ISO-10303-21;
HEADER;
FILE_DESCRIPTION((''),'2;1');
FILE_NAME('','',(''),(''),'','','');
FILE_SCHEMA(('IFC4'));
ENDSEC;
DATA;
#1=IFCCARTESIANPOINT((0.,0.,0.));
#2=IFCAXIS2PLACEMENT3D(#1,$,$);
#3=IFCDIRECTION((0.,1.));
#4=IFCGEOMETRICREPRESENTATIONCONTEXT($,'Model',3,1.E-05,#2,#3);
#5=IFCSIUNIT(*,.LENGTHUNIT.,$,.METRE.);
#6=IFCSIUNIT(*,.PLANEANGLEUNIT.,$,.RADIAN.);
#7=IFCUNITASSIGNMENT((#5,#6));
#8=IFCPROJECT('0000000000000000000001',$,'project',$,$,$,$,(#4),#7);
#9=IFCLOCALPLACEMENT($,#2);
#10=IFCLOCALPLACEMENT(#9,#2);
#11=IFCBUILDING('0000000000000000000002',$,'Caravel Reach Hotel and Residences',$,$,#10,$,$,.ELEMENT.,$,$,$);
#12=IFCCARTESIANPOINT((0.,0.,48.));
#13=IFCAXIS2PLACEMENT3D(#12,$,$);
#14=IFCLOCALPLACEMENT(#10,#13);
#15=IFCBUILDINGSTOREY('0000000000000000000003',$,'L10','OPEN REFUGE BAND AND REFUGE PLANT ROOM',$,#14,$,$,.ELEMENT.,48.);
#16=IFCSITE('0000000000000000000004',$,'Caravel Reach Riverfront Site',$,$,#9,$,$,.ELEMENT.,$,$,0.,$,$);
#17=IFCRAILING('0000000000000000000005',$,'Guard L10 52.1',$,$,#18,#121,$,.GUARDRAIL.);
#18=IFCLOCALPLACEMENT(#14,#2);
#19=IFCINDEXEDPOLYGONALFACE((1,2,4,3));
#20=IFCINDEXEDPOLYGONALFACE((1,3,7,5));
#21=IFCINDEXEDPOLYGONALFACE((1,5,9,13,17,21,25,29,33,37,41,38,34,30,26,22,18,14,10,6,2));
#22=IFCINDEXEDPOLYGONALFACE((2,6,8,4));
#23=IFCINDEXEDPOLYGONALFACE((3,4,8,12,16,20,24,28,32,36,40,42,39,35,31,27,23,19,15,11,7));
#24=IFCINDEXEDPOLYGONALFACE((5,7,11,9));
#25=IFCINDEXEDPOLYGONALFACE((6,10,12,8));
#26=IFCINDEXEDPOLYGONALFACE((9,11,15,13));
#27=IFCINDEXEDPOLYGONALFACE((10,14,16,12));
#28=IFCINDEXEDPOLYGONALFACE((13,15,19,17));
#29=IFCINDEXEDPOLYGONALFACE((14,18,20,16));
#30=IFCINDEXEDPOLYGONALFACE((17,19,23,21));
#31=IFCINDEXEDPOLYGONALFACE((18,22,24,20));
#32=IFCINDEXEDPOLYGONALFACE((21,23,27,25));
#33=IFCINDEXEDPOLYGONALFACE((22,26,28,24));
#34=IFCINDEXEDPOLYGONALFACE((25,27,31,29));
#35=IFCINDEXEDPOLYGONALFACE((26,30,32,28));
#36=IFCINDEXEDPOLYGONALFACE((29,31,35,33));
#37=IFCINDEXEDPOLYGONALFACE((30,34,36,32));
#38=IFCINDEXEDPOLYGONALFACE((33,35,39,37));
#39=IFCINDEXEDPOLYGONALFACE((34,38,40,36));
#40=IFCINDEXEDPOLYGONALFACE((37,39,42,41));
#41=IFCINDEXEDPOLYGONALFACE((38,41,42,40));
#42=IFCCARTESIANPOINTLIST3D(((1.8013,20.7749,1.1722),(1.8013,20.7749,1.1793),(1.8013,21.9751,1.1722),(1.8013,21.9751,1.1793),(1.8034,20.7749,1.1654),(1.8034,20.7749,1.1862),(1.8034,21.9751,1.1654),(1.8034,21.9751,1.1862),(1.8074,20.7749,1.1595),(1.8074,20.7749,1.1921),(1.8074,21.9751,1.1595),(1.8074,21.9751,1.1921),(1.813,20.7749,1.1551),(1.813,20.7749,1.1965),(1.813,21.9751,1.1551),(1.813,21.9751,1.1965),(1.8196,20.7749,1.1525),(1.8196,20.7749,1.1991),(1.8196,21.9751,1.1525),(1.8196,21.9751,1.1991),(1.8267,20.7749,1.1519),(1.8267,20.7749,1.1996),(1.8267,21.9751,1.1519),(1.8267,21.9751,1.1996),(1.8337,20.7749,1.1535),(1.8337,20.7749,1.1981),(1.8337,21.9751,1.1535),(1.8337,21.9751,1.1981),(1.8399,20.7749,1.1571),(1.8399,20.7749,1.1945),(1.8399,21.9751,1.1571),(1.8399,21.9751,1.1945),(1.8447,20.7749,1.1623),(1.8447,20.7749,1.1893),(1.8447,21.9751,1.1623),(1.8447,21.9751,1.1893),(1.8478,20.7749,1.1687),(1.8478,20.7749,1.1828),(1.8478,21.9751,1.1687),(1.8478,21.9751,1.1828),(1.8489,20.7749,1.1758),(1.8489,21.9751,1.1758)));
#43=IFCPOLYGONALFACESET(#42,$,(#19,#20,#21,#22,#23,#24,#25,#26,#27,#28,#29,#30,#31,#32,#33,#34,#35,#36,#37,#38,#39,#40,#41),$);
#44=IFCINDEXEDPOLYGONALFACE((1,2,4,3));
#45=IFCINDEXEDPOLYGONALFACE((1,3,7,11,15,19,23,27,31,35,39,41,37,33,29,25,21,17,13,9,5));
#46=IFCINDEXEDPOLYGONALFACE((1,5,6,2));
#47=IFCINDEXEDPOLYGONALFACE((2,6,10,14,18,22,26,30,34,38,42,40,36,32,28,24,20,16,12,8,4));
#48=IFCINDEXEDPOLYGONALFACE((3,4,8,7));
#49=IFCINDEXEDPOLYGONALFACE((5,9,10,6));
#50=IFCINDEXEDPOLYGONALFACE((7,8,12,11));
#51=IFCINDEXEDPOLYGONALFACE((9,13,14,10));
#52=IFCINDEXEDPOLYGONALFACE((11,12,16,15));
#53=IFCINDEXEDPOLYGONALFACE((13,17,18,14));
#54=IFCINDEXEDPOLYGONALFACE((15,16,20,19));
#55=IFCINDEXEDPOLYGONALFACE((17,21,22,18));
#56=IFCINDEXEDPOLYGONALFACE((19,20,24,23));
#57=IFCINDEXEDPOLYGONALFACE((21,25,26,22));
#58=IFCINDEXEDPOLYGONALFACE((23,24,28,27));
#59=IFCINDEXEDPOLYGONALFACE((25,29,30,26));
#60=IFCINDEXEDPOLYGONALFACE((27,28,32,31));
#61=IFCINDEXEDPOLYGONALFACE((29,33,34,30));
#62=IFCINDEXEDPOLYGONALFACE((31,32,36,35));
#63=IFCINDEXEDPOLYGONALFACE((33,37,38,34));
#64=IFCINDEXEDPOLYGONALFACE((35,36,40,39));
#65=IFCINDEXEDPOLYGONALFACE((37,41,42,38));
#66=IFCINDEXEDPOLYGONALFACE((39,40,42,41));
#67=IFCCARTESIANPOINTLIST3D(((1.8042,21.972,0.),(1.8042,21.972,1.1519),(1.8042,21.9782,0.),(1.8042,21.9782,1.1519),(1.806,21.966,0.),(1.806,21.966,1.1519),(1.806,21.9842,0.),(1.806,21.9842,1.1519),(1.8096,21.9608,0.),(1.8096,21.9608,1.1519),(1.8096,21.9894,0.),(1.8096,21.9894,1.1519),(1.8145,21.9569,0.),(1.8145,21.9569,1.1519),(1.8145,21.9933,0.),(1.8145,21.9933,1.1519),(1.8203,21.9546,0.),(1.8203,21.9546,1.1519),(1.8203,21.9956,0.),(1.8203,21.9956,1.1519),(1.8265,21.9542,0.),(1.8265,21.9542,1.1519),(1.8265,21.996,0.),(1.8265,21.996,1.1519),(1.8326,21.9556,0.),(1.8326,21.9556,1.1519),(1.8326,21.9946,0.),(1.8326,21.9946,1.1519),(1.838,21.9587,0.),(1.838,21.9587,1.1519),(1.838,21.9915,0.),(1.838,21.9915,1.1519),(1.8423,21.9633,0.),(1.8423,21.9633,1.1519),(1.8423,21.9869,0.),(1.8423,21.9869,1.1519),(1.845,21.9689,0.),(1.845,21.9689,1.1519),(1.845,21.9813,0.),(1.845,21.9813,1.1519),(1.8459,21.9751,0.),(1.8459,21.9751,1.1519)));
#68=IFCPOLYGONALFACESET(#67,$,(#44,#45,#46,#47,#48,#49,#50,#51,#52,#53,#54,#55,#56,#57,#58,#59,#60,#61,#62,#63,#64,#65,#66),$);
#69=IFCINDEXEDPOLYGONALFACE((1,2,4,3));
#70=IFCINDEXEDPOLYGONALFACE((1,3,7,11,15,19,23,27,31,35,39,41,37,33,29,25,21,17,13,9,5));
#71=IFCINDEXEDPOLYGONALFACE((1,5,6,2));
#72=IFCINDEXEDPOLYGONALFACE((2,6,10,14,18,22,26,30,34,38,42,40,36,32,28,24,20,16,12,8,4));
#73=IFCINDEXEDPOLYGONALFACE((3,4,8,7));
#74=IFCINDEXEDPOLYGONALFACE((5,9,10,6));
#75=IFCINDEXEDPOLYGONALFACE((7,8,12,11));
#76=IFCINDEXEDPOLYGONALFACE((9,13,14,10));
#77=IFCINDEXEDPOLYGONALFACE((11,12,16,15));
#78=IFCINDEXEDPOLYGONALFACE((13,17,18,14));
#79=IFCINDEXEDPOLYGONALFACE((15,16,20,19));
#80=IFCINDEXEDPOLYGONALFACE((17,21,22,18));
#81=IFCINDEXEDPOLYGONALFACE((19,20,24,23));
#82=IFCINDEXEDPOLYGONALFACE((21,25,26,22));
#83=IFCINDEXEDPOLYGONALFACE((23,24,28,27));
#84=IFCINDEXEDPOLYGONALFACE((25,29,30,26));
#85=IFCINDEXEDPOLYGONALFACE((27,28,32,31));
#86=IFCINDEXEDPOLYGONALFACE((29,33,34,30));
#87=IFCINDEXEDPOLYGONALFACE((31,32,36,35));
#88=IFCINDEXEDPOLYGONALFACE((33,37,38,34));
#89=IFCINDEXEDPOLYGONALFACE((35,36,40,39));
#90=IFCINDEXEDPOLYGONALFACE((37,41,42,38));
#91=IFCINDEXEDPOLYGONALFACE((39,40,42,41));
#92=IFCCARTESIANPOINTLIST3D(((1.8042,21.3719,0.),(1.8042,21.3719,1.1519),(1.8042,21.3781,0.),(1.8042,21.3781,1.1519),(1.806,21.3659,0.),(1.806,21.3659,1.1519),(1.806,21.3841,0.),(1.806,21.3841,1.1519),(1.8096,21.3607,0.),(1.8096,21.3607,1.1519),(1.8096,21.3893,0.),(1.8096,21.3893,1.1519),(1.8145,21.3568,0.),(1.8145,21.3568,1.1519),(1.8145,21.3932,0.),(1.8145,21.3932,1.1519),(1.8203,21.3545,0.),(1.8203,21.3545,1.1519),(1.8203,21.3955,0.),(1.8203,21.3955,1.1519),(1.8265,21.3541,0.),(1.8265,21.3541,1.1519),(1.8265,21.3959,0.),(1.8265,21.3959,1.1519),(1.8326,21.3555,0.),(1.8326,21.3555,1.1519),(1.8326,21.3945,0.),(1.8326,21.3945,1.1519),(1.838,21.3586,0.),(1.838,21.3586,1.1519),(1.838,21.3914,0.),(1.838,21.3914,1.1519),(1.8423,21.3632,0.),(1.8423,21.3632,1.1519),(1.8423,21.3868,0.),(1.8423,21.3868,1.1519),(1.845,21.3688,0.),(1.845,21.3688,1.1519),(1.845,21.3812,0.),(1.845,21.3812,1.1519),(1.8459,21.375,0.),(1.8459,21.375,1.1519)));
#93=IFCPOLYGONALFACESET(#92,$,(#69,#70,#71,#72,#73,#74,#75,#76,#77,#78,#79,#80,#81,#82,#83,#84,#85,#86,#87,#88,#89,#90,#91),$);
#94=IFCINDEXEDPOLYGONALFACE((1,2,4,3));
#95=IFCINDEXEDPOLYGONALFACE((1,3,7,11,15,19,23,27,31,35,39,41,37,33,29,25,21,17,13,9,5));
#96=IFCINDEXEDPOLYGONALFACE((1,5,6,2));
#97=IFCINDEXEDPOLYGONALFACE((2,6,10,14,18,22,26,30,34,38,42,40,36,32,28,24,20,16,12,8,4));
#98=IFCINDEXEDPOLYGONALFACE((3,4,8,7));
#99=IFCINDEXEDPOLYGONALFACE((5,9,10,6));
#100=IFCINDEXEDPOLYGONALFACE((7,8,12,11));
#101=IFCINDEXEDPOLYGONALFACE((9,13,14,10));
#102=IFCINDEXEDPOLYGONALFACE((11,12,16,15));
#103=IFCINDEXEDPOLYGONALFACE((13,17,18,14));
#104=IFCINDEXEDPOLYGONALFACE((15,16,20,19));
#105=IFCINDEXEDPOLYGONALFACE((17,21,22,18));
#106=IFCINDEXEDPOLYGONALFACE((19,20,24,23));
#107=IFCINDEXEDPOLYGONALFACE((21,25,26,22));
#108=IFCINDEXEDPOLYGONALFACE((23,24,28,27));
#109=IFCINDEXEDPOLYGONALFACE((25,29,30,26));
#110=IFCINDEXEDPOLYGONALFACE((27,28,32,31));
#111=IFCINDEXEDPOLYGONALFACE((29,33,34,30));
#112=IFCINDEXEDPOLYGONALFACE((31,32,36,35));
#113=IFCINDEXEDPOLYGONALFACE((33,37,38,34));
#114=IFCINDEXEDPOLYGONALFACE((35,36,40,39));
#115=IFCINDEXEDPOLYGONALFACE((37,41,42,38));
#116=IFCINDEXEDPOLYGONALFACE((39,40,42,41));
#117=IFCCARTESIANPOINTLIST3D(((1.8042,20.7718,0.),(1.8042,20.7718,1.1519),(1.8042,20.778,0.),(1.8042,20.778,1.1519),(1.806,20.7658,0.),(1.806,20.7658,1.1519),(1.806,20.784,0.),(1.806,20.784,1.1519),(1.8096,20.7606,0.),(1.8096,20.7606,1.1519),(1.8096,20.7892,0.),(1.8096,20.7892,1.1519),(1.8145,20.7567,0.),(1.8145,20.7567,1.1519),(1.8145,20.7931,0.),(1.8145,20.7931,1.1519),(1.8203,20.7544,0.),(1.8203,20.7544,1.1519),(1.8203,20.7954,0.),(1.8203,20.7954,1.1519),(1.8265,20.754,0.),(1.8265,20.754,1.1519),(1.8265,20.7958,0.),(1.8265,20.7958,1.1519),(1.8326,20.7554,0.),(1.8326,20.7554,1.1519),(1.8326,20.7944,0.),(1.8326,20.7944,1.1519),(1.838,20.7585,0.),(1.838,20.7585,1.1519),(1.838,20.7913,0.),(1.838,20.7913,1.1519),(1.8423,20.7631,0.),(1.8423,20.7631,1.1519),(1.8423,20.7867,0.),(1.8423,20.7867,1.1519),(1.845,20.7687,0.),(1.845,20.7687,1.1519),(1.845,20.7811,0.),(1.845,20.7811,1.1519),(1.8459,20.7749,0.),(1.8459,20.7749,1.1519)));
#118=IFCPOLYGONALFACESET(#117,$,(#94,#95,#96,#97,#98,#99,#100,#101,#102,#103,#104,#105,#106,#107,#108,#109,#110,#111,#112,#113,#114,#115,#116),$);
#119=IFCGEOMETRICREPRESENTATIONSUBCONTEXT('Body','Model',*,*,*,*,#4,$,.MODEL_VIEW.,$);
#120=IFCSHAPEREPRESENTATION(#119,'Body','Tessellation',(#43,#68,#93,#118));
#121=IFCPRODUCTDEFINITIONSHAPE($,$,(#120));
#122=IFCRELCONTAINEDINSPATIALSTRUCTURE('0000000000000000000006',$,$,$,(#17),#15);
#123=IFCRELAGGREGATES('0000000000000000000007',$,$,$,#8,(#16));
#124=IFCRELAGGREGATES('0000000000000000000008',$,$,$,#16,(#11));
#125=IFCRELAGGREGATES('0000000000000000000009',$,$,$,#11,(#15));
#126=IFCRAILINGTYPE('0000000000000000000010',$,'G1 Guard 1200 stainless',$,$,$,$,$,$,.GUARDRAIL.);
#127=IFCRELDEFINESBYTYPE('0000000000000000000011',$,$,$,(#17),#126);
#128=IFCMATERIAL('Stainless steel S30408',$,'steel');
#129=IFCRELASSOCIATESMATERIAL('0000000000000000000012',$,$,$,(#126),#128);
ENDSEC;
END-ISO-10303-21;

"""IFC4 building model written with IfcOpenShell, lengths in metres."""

from ifc_helpers import new_model, si_unit, direction, frame, origin, origin_2d, place, context, subcontext, project, spatial, circle, extrude, material, type_object, element, save


model = new_model("IFC4")

# Units and contexts
model_context = context("Model", 3, precision=1e-05, world=origin(), true_north=direction((0.0, 1.0)))
body_context = subcontext(model_context, "Body", "Model", "MODEL_VIEW")
ifc_project = project(units=[si_unit("LENGTHUNIT", "METRE"), si_unit("PLANEANGLEUNIT", "RADIAN")], contexts=[model_context])

# Site, building, storey
site_placement = place(None, origin())
site = spatial("IfcSite", under=ifc_project, at=site_placement, Name="Caravel Reach Riverfront Site", CompositionType="ELEMENT", RefElevation=0.0)
building_placement = place(site_placement, origin())
building = spatial("IfcBuilding", under=site, at=building_placement, Name="Caravel Reach Hotel and Residences", CompositionType="ELEMENT")
storey_placement = place(building_placement, frame((0.0, 0.0, 48.0)))
storey = spatial("IfcBuildingStorey", under=building, at=storey_placement, Name="L10", Description="OPEN REFUGE BAND AND REFUGE PLANT ROOM", CompositionType="ELEMENT", Elevation=48.0)

# Railing
ifc_material_1 = material(Name="Stainless steel S30408", Category="steel")
railing_type = type_object("IfcRailingType", Name="G1 Guard 1200 stainless", PredefinedType="GUARDRAIL", material=ifc_material_1)
railing_1_placement = place(storey_placement, frame((1.825, 21.9751, 0.0)))
element("IfcRailing", 1, at=railing_1_placement, inside=storey, type_object=railing_type, Name="Guard L10 52.1", PredefinedType="GUARDRAIL", context=body_context, shape_type="SweptSolid", body=[
    extrude(circle(Radius=0.0239, at=origin_2d()), frame((0.0, 0.0, 1.1758), z_axis=(0.0, -1.0, 0.0), x_axis=(1.0, 0.0, 0.0)), (0.0, 0.0, 1.0), 1.2002),
    extrude(circle(Radius=0.021, at=origin_2d()), origin(), (0.0, 0.0, 1.0), 1.1519),
    extrude(circle(Radius=0.021, at=origin_2d()), frame((0.0, -0.6001, 0.0)), (0.0, 0.0, 1.0), 1.1519),
    extrude(circle(Radius=0.021, at=origin_2d()), frame((0.0, -1.2002, 0.0)), (0.0, 0.0, 1.0), 1.1519),
])

save(model, "model.ifc")
